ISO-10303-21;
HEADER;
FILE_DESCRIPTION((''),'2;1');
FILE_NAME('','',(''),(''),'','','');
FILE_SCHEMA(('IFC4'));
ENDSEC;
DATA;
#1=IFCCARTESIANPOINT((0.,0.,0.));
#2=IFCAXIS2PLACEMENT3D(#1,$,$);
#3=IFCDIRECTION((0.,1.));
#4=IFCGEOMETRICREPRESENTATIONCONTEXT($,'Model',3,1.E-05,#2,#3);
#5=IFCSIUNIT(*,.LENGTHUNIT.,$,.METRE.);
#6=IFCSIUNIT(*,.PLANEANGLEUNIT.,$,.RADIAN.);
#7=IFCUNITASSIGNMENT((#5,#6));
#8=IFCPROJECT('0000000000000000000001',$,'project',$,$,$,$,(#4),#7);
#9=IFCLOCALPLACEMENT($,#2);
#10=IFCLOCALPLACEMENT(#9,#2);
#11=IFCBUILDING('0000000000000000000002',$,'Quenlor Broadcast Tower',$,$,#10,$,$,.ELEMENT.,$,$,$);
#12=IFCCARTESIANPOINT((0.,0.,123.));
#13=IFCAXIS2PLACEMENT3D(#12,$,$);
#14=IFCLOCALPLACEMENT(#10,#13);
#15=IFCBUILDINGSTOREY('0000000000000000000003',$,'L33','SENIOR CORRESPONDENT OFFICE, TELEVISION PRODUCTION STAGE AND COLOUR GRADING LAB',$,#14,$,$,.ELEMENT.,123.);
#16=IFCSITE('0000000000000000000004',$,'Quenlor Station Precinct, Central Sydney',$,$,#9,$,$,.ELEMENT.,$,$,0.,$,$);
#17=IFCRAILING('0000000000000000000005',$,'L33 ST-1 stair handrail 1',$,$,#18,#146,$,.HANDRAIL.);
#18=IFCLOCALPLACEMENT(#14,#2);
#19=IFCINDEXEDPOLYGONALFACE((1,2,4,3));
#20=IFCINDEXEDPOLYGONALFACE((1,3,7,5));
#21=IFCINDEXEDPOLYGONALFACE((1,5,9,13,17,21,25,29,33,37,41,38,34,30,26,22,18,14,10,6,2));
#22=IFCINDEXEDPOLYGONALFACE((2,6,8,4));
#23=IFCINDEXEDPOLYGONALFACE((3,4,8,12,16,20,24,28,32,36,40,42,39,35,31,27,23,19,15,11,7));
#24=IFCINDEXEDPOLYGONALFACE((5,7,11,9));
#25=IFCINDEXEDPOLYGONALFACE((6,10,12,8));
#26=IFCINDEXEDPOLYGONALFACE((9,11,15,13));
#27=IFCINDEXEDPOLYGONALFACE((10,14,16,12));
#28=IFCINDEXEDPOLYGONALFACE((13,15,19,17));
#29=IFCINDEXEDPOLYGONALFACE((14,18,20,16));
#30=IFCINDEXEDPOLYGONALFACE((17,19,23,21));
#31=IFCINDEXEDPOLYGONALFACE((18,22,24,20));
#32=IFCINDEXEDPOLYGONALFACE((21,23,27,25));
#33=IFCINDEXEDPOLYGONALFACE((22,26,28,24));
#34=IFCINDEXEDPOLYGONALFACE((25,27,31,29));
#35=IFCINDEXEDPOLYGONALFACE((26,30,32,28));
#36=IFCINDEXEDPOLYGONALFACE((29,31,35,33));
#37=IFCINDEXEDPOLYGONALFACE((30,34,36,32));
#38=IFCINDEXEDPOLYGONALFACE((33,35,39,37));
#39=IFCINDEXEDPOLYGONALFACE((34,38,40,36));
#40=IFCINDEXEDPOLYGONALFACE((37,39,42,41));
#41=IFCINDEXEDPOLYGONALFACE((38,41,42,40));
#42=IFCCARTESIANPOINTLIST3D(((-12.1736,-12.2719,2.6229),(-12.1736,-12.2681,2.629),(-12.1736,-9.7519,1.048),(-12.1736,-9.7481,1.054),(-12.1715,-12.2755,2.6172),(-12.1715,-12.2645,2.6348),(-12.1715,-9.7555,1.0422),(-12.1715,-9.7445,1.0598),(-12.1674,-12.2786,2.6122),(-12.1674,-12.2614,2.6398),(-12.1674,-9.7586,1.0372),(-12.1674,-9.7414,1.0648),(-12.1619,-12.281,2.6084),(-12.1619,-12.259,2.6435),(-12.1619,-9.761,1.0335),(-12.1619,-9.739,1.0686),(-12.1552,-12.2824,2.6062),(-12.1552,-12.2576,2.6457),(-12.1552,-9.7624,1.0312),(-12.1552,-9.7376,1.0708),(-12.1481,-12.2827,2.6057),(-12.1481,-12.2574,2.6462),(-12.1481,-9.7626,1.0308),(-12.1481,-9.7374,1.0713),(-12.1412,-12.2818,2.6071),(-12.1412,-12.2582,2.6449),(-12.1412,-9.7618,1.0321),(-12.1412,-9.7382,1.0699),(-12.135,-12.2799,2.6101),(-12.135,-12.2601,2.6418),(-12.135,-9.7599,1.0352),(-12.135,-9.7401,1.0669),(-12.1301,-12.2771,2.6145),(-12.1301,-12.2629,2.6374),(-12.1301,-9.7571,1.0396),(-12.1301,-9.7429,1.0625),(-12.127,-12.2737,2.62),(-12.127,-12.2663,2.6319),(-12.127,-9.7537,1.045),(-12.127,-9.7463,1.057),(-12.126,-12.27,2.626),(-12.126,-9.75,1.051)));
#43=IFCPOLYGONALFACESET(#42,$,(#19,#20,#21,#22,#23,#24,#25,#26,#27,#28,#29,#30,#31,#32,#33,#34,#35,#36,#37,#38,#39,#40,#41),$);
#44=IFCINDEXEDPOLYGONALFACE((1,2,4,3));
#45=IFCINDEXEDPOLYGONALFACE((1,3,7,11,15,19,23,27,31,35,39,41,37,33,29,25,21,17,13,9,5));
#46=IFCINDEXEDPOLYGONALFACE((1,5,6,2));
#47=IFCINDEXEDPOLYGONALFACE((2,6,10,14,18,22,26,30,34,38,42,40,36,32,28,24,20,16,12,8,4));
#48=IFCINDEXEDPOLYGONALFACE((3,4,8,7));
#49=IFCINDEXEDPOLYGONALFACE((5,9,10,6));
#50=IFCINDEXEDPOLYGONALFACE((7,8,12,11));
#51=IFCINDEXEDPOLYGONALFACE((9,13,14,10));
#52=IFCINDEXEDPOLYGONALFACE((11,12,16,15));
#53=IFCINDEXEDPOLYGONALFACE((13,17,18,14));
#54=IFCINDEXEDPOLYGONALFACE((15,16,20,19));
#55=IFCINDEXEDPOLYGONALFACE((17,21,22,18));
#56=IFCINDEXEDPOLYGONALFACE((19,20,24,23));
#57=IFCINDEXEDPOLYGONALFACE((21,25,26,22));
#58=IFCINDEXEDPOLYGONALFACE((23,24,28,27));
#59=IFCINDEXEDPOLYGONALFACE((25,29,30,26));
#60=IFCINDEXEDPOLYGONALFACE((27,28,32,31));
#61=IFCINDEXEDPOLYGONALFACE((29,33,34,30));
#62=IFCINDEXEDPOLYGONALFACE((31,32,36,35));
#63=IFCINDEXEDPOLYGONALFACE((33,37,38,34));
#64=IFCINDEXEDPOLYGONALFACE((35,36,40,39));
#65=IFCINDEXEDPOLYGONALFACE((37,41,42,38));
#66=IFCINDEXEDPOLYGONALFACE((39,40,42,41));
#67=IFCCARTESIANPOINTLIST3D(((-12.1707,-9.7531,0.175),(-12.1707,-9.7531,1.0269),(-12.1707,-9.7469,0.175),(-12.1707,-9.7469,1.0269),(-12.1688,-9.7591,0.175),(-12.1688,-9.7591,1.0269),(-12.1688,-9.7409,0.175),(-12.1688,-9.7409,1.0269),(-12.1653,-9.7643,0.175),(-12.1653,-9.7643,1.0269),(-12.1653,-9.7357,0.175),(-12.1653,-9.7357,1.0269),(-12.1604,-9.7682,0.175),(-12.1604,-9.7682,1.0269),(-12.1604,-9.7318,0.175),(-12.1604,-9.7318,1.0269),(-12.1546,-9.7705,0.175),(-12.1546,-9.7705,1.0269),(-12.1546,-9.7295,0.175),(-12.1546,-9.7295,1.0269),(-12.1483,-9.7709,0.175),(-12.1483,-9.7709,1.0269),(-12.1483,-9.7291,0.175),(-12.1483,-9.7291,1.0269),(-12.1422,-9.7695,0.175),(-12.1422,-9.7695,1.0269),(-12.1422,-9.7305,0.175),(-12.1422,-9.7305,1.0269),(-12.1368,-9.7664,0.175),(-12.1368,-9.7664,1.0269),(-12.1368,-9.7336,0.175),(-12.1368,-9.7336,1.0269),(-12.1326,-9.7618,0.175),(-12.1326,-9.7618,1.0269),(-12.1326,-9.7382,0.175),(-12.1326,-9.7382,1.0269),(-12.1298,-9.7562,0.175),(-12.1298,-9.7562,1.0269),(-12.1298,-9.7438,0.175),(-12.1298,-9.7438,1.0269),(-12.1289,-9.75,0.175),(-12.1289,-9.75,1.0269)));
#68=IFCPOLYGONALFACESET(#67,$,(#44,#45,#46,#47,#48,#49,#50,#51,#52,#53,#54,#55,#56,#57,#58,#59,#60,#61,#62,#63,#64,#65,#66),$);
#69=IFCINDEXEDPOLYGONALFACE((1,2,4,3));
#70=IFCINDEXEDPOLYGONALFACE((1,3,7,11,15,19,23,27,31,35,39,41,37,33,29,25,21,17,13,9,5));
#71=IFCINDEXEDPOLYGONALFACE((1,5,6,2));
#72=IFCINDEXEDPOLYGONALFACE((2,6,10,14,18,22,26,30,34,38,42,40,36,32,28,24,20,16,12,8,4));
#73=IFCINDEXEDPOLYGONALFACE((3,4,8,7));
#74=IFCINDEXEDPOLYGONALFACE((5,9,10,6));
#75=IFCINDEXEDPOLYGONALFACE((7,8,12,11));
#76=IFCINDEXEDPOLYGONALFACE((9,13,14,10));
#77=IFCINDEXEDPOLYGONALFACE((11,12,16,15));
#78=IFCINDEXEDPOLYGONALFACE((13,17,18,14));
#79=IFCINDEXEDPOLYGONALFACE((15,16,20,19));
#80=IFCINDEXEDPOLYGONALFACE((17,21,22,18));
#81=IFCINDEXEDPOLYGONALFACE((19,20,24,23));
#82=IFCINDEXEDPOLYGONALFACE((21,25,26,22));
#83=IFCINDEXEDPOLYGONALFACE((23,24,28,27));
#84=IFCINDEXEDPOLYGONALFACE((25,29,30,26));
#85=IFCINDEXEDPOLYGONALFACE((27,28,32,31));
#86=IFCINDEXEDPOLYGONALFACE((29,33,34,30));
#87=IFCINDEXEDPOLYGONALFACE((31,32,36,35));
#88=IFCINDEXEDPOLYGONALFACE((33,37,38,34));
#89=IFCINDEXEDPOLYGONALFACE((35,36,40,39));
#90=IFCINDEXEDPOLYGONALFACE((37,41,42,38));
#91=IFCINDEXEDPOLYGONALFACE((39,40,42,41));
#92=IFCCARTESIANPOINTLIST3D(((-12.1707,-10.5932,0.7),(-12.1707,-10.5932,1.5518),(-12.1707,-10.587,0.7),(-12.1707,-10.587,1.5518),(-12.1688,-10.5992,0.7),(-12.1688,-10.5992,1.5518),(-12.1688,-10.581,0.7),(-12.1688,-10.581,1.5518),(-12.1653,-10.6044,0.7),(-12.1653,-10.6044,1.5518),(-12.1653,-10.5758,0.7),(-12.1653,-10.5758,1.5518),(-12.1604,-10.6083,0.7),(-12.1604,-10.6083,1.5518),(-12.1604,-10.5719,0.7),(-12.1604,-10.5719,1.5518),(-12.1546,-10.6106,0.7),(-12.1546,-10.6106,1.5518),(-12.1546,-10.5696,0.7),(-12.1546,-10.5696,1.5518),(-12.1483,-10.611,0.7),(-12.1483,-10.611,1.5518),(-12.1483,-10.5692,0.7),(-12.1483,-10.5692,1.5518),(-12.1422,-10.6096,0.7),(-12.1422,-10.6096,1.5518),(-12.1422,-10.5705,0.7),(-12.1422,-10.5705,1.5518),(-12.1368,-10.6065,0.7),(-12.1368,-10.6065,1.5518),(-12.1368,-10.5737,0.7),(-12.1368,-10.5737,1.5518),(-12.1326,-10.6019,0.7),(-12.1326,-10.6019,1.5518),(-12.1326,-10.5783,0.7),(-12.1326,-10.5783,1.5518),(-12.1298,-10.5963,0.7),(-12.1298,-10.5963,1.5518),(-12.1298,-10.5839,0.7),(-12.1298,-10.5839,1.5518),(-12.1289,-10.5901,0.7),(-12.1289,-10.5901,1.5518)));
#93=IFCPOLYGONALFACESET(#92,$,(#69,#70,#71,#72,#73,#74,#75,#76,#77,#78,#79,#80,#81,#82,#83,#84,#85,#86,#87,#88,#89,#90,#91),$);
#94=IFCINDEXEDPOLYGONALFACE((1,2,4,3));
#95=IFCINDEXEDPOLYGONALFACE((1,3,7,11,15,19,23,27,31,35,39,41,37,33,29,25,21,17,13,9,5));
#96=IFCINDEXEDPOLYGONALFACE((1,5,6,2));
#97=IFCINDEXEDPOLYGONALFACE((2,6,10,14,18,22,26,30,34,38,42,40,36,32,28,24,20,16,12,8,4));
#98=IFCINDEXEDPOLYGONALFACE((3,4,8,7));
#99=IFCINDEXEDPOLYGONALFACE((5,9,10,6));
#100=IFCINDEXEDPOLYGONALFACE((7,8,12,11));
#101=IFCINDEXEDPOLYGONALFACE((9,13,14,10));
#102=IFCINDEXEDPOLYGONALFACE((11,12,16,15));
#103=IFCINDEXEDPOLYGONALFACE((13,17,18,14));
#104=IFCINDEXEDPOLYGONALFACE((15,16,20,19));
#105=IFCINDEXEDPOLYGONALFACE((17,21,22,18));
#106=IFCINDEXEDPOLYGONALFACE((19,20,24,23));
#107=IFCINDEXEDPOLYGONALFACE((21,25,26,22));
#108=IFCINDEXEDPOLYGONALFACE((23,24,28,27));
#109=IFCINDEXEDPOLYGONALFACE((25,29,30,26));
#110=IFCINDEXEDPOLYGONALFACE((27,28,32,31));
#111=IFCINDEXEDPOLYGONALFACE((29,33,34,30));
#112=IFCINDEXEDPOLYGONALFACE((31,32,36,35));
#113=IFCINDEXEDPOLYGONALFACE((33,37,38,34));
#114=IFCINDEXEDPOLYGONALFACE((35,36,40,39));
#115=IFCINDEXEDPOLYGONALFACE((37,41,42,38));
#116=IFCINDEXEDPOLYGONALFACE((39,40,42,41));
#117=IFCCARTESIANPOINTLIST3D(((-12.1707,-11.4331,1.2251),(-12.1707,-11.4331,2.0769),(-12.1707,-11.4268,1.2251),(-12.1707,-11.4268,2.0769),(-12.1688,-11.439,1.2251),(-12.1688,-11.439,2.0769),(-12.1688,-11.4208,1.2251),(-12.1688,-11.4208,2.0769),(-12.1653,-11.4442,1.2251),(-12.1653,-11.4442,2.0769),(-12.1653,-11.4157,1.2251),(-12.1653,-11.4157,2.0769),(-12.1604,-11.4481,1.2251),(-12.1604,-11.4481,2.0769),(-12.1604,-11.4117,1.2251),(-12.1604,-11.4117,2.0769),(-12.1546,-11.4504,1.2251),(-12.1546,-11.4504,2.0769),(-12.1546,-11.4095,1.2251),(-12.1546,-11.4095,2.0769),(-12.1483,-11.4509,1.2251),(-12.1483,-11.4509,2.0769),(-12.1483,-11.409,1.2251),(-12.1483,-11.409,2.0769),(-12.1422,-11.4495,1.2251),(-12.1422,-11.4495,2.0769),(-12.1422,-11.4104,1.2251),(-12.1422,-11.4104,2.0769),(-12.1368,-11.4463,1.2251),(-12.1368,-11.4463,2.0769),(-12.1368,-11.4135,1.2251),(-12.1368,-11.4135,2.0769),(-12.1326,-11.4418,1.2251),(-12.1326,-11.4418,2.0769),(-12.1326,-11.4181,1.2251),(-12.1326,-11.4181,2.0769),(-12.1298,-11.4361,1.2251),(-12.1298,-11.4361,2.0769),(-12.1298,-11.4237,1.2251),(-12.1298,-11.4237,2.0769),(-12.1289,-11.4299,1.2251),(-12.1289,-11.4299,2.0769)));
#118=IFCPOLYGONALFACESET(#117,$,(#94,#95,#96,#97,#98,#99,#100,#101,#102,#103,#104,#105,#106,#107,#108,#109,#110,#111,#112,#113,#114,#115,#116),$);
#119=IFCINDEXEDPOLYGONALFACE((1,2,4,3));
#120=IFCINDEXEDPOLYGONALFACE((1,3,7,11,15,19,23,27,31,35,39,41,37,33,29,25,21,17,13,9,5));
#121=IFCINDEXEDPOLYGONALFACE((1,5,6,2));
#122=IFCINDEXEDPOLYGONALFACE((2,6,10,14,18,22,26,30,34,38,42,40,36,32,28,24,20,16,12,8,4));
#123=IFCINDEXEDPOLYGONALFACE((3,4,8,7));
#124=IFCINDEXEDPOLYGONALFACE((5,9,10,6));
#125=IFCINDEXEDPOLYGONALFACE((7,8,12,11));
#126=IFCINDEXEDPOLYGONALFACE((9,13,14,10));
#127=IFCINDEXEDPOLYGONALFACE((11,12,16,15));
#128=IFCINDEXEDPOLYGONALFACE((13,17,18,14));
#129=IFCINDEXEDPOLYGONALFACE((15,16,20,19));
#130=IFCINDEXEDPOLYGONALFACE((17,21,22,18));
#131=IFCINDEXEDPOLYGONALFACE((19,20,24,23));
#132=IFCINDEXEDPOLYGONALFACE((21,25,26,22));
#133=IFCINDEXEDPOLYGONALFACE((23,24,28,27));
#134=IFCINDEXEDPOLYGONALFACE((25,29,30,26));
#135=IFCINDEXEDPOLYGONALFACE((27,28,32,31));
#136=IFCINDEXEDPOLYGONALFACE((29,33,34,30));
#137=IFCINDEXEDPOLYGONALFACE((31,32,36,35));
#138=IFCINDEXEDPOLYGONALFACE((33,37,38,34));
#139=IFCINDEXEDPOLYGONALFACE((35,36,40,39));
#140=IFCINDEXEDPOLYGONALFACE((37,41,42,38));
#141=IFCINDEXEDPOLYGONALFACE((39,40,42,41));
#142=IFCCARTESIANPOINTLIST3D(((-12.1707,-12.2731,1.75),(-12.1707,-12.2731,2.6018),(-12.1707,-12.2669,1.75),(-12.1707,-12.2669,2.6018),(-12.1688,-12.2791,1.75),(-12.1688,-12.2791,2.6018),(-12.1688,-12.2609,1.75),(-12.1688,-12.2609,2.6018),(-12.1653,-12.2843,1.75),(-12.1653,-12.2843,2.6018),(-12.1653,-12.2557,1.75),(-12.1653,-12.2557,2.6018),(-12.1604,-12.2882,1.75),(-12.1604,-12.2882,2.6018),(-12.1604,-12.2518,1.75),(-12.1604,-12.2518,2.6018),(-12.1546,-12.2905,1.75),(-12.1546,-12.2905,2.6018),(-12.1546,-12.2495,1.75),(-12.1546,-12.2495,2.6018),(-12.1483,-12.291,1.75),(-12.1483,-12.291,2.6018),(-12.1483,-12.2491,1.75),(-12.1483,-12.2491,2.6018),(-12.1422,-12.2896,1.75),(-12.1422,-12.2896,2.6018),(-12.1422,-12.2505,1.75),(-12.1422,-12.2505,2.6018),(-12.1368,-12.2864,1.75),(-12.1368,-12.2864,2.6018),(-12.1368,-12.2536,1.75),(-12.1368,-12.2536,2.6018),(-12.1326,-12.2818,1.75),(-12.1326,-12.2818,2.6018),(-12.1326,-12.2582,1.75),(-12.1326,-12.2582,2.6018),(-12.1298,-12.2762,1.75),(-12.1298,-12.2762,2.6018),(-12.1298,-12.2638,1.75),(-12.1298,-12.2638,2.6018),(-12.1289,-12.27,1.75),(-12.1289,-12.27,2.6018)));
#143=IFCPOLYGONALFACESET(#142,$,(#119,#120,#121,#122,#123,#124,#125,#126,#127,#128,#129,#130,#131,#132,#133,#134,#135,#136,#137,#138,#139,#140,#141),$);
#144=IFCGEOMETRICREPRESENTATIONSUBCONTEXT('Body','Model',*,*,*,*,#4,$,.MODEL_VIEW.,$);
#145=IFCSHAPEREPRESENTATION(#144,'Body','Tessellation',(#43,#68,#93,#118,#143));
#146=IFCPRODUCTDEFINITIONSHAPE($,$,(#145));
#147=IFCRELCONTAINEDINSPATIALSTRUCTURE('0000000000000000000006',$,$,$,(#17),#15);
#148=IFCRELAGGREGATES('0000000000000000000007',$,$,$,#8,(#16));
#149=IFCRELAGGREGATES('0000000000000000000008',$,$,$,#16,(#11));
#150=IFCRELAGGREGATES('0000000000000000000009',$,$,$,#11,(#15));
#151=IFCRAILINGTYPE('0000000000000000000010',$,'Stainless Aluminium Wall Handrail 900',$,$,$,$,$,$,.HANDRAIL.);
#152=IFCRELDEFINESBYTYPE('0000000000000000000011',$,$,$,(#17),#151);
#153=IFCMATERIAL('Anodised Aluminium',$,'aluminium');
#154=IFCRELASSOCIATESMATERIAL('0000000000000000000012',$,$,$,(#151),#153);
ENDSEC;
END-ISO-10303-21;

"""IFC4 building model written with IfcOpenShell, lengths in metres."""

from ifc_helpers import new_model, si_unit, direction, frame, origin, origin_2d, place, context, subcontext, project, spatial, circle, extrude, material, type_object, element, save


model = new_model("IFC4")

# Units and contexts
model_context = context("Model", 3, precision=1e-05, world=origin(), true_north=direction((0.0, 1.0)))
body_context = subcontext(model_context, "Body", "Model", "MODEL_VIEW")
ifc_project = project(units=[si_unit("LENGTHUNIT", "METRE"), si_unit("PLANEANGLEUNIT", "RADIAN")], contexts=[model_context])

# Site, building, storey
site_placement = place(None, origin())
site = spatial("IfcSite", under=ifc_project, at=site_placement, Name="Quenlor Station Precinct, Central Sydney", CompositionType="ELEMENT", RefElevation=0.0)
building_placement = place(site_placement, origin())
building = spatial("IfcBuilding", under=site, at=building_placement, Name="Quenlor Broadcast Tower", CompositionType="ELEMENT")
storey_placement = place(building_placement, frame((0.0, 0.0, 123.0)))
storey = spatial("IfcBuildingStorey", under=building, at=storey_placement, Name="L33", Description="SENIOR CORRESPONDENT OFFICE, TELEVISION PRODUCTION STAGE AND COLOUR GRADING LAB", CompositionType="ELEMENT", Elevation=123.0)

# Railing
ifc_material_1 = material(Name="Anodised Aluminium", Category="aluminium")
railing_type = type_object("IfcRailingType", Name="Stainless Aluminium Wall Handrail 900", PredefinedType="HANDRAIL", material=ifc_material_1)
railing_placement = place(storey_placement, frame((-12.1499, -9.75, 0.175)))
element("IfcRailing", 1, at=railing_placement, inside=storey, type_object=railing_type, Name="L33 ST-1 stair handrail 1", PredefinedType="HANDRAIL", context=body_context, shape_type="SweptSolid", body=[
    extrude(circle(Radius=0.0239, at=origin_2d()), frame((0.0, 0.0, 0.876), z_axis=(0.0, -0.848008, 0.529984), x_axis=(1.0, 0.0, 0.0)), (0.0, 0.0, 1.0), 2.9717),
    extrude(circle(Radius=0.021, at=origin_2d()), origin(), (0.0, 0.0, 1.0), 0.8518),
    extrude(circle(Radius=0.021, at=origin_2d()), frame((0.0, -0.8401, 0.5249)), (0.0, 0.0, 1.0), 0.8518),
    extrude(circle(Radius=0.021, at=origin_2d()), frame((0.0, -1.6799, 1.05)), (0.0, 0.0, 1.0), 0.8518),
    extrude(circle(Radius=0.021, at=origin_2d()), frame((0.0, -2.52, 1.575)), (0.0, 0.0, 1.0), 0.8518),
])

save(model, "model.ifc")
